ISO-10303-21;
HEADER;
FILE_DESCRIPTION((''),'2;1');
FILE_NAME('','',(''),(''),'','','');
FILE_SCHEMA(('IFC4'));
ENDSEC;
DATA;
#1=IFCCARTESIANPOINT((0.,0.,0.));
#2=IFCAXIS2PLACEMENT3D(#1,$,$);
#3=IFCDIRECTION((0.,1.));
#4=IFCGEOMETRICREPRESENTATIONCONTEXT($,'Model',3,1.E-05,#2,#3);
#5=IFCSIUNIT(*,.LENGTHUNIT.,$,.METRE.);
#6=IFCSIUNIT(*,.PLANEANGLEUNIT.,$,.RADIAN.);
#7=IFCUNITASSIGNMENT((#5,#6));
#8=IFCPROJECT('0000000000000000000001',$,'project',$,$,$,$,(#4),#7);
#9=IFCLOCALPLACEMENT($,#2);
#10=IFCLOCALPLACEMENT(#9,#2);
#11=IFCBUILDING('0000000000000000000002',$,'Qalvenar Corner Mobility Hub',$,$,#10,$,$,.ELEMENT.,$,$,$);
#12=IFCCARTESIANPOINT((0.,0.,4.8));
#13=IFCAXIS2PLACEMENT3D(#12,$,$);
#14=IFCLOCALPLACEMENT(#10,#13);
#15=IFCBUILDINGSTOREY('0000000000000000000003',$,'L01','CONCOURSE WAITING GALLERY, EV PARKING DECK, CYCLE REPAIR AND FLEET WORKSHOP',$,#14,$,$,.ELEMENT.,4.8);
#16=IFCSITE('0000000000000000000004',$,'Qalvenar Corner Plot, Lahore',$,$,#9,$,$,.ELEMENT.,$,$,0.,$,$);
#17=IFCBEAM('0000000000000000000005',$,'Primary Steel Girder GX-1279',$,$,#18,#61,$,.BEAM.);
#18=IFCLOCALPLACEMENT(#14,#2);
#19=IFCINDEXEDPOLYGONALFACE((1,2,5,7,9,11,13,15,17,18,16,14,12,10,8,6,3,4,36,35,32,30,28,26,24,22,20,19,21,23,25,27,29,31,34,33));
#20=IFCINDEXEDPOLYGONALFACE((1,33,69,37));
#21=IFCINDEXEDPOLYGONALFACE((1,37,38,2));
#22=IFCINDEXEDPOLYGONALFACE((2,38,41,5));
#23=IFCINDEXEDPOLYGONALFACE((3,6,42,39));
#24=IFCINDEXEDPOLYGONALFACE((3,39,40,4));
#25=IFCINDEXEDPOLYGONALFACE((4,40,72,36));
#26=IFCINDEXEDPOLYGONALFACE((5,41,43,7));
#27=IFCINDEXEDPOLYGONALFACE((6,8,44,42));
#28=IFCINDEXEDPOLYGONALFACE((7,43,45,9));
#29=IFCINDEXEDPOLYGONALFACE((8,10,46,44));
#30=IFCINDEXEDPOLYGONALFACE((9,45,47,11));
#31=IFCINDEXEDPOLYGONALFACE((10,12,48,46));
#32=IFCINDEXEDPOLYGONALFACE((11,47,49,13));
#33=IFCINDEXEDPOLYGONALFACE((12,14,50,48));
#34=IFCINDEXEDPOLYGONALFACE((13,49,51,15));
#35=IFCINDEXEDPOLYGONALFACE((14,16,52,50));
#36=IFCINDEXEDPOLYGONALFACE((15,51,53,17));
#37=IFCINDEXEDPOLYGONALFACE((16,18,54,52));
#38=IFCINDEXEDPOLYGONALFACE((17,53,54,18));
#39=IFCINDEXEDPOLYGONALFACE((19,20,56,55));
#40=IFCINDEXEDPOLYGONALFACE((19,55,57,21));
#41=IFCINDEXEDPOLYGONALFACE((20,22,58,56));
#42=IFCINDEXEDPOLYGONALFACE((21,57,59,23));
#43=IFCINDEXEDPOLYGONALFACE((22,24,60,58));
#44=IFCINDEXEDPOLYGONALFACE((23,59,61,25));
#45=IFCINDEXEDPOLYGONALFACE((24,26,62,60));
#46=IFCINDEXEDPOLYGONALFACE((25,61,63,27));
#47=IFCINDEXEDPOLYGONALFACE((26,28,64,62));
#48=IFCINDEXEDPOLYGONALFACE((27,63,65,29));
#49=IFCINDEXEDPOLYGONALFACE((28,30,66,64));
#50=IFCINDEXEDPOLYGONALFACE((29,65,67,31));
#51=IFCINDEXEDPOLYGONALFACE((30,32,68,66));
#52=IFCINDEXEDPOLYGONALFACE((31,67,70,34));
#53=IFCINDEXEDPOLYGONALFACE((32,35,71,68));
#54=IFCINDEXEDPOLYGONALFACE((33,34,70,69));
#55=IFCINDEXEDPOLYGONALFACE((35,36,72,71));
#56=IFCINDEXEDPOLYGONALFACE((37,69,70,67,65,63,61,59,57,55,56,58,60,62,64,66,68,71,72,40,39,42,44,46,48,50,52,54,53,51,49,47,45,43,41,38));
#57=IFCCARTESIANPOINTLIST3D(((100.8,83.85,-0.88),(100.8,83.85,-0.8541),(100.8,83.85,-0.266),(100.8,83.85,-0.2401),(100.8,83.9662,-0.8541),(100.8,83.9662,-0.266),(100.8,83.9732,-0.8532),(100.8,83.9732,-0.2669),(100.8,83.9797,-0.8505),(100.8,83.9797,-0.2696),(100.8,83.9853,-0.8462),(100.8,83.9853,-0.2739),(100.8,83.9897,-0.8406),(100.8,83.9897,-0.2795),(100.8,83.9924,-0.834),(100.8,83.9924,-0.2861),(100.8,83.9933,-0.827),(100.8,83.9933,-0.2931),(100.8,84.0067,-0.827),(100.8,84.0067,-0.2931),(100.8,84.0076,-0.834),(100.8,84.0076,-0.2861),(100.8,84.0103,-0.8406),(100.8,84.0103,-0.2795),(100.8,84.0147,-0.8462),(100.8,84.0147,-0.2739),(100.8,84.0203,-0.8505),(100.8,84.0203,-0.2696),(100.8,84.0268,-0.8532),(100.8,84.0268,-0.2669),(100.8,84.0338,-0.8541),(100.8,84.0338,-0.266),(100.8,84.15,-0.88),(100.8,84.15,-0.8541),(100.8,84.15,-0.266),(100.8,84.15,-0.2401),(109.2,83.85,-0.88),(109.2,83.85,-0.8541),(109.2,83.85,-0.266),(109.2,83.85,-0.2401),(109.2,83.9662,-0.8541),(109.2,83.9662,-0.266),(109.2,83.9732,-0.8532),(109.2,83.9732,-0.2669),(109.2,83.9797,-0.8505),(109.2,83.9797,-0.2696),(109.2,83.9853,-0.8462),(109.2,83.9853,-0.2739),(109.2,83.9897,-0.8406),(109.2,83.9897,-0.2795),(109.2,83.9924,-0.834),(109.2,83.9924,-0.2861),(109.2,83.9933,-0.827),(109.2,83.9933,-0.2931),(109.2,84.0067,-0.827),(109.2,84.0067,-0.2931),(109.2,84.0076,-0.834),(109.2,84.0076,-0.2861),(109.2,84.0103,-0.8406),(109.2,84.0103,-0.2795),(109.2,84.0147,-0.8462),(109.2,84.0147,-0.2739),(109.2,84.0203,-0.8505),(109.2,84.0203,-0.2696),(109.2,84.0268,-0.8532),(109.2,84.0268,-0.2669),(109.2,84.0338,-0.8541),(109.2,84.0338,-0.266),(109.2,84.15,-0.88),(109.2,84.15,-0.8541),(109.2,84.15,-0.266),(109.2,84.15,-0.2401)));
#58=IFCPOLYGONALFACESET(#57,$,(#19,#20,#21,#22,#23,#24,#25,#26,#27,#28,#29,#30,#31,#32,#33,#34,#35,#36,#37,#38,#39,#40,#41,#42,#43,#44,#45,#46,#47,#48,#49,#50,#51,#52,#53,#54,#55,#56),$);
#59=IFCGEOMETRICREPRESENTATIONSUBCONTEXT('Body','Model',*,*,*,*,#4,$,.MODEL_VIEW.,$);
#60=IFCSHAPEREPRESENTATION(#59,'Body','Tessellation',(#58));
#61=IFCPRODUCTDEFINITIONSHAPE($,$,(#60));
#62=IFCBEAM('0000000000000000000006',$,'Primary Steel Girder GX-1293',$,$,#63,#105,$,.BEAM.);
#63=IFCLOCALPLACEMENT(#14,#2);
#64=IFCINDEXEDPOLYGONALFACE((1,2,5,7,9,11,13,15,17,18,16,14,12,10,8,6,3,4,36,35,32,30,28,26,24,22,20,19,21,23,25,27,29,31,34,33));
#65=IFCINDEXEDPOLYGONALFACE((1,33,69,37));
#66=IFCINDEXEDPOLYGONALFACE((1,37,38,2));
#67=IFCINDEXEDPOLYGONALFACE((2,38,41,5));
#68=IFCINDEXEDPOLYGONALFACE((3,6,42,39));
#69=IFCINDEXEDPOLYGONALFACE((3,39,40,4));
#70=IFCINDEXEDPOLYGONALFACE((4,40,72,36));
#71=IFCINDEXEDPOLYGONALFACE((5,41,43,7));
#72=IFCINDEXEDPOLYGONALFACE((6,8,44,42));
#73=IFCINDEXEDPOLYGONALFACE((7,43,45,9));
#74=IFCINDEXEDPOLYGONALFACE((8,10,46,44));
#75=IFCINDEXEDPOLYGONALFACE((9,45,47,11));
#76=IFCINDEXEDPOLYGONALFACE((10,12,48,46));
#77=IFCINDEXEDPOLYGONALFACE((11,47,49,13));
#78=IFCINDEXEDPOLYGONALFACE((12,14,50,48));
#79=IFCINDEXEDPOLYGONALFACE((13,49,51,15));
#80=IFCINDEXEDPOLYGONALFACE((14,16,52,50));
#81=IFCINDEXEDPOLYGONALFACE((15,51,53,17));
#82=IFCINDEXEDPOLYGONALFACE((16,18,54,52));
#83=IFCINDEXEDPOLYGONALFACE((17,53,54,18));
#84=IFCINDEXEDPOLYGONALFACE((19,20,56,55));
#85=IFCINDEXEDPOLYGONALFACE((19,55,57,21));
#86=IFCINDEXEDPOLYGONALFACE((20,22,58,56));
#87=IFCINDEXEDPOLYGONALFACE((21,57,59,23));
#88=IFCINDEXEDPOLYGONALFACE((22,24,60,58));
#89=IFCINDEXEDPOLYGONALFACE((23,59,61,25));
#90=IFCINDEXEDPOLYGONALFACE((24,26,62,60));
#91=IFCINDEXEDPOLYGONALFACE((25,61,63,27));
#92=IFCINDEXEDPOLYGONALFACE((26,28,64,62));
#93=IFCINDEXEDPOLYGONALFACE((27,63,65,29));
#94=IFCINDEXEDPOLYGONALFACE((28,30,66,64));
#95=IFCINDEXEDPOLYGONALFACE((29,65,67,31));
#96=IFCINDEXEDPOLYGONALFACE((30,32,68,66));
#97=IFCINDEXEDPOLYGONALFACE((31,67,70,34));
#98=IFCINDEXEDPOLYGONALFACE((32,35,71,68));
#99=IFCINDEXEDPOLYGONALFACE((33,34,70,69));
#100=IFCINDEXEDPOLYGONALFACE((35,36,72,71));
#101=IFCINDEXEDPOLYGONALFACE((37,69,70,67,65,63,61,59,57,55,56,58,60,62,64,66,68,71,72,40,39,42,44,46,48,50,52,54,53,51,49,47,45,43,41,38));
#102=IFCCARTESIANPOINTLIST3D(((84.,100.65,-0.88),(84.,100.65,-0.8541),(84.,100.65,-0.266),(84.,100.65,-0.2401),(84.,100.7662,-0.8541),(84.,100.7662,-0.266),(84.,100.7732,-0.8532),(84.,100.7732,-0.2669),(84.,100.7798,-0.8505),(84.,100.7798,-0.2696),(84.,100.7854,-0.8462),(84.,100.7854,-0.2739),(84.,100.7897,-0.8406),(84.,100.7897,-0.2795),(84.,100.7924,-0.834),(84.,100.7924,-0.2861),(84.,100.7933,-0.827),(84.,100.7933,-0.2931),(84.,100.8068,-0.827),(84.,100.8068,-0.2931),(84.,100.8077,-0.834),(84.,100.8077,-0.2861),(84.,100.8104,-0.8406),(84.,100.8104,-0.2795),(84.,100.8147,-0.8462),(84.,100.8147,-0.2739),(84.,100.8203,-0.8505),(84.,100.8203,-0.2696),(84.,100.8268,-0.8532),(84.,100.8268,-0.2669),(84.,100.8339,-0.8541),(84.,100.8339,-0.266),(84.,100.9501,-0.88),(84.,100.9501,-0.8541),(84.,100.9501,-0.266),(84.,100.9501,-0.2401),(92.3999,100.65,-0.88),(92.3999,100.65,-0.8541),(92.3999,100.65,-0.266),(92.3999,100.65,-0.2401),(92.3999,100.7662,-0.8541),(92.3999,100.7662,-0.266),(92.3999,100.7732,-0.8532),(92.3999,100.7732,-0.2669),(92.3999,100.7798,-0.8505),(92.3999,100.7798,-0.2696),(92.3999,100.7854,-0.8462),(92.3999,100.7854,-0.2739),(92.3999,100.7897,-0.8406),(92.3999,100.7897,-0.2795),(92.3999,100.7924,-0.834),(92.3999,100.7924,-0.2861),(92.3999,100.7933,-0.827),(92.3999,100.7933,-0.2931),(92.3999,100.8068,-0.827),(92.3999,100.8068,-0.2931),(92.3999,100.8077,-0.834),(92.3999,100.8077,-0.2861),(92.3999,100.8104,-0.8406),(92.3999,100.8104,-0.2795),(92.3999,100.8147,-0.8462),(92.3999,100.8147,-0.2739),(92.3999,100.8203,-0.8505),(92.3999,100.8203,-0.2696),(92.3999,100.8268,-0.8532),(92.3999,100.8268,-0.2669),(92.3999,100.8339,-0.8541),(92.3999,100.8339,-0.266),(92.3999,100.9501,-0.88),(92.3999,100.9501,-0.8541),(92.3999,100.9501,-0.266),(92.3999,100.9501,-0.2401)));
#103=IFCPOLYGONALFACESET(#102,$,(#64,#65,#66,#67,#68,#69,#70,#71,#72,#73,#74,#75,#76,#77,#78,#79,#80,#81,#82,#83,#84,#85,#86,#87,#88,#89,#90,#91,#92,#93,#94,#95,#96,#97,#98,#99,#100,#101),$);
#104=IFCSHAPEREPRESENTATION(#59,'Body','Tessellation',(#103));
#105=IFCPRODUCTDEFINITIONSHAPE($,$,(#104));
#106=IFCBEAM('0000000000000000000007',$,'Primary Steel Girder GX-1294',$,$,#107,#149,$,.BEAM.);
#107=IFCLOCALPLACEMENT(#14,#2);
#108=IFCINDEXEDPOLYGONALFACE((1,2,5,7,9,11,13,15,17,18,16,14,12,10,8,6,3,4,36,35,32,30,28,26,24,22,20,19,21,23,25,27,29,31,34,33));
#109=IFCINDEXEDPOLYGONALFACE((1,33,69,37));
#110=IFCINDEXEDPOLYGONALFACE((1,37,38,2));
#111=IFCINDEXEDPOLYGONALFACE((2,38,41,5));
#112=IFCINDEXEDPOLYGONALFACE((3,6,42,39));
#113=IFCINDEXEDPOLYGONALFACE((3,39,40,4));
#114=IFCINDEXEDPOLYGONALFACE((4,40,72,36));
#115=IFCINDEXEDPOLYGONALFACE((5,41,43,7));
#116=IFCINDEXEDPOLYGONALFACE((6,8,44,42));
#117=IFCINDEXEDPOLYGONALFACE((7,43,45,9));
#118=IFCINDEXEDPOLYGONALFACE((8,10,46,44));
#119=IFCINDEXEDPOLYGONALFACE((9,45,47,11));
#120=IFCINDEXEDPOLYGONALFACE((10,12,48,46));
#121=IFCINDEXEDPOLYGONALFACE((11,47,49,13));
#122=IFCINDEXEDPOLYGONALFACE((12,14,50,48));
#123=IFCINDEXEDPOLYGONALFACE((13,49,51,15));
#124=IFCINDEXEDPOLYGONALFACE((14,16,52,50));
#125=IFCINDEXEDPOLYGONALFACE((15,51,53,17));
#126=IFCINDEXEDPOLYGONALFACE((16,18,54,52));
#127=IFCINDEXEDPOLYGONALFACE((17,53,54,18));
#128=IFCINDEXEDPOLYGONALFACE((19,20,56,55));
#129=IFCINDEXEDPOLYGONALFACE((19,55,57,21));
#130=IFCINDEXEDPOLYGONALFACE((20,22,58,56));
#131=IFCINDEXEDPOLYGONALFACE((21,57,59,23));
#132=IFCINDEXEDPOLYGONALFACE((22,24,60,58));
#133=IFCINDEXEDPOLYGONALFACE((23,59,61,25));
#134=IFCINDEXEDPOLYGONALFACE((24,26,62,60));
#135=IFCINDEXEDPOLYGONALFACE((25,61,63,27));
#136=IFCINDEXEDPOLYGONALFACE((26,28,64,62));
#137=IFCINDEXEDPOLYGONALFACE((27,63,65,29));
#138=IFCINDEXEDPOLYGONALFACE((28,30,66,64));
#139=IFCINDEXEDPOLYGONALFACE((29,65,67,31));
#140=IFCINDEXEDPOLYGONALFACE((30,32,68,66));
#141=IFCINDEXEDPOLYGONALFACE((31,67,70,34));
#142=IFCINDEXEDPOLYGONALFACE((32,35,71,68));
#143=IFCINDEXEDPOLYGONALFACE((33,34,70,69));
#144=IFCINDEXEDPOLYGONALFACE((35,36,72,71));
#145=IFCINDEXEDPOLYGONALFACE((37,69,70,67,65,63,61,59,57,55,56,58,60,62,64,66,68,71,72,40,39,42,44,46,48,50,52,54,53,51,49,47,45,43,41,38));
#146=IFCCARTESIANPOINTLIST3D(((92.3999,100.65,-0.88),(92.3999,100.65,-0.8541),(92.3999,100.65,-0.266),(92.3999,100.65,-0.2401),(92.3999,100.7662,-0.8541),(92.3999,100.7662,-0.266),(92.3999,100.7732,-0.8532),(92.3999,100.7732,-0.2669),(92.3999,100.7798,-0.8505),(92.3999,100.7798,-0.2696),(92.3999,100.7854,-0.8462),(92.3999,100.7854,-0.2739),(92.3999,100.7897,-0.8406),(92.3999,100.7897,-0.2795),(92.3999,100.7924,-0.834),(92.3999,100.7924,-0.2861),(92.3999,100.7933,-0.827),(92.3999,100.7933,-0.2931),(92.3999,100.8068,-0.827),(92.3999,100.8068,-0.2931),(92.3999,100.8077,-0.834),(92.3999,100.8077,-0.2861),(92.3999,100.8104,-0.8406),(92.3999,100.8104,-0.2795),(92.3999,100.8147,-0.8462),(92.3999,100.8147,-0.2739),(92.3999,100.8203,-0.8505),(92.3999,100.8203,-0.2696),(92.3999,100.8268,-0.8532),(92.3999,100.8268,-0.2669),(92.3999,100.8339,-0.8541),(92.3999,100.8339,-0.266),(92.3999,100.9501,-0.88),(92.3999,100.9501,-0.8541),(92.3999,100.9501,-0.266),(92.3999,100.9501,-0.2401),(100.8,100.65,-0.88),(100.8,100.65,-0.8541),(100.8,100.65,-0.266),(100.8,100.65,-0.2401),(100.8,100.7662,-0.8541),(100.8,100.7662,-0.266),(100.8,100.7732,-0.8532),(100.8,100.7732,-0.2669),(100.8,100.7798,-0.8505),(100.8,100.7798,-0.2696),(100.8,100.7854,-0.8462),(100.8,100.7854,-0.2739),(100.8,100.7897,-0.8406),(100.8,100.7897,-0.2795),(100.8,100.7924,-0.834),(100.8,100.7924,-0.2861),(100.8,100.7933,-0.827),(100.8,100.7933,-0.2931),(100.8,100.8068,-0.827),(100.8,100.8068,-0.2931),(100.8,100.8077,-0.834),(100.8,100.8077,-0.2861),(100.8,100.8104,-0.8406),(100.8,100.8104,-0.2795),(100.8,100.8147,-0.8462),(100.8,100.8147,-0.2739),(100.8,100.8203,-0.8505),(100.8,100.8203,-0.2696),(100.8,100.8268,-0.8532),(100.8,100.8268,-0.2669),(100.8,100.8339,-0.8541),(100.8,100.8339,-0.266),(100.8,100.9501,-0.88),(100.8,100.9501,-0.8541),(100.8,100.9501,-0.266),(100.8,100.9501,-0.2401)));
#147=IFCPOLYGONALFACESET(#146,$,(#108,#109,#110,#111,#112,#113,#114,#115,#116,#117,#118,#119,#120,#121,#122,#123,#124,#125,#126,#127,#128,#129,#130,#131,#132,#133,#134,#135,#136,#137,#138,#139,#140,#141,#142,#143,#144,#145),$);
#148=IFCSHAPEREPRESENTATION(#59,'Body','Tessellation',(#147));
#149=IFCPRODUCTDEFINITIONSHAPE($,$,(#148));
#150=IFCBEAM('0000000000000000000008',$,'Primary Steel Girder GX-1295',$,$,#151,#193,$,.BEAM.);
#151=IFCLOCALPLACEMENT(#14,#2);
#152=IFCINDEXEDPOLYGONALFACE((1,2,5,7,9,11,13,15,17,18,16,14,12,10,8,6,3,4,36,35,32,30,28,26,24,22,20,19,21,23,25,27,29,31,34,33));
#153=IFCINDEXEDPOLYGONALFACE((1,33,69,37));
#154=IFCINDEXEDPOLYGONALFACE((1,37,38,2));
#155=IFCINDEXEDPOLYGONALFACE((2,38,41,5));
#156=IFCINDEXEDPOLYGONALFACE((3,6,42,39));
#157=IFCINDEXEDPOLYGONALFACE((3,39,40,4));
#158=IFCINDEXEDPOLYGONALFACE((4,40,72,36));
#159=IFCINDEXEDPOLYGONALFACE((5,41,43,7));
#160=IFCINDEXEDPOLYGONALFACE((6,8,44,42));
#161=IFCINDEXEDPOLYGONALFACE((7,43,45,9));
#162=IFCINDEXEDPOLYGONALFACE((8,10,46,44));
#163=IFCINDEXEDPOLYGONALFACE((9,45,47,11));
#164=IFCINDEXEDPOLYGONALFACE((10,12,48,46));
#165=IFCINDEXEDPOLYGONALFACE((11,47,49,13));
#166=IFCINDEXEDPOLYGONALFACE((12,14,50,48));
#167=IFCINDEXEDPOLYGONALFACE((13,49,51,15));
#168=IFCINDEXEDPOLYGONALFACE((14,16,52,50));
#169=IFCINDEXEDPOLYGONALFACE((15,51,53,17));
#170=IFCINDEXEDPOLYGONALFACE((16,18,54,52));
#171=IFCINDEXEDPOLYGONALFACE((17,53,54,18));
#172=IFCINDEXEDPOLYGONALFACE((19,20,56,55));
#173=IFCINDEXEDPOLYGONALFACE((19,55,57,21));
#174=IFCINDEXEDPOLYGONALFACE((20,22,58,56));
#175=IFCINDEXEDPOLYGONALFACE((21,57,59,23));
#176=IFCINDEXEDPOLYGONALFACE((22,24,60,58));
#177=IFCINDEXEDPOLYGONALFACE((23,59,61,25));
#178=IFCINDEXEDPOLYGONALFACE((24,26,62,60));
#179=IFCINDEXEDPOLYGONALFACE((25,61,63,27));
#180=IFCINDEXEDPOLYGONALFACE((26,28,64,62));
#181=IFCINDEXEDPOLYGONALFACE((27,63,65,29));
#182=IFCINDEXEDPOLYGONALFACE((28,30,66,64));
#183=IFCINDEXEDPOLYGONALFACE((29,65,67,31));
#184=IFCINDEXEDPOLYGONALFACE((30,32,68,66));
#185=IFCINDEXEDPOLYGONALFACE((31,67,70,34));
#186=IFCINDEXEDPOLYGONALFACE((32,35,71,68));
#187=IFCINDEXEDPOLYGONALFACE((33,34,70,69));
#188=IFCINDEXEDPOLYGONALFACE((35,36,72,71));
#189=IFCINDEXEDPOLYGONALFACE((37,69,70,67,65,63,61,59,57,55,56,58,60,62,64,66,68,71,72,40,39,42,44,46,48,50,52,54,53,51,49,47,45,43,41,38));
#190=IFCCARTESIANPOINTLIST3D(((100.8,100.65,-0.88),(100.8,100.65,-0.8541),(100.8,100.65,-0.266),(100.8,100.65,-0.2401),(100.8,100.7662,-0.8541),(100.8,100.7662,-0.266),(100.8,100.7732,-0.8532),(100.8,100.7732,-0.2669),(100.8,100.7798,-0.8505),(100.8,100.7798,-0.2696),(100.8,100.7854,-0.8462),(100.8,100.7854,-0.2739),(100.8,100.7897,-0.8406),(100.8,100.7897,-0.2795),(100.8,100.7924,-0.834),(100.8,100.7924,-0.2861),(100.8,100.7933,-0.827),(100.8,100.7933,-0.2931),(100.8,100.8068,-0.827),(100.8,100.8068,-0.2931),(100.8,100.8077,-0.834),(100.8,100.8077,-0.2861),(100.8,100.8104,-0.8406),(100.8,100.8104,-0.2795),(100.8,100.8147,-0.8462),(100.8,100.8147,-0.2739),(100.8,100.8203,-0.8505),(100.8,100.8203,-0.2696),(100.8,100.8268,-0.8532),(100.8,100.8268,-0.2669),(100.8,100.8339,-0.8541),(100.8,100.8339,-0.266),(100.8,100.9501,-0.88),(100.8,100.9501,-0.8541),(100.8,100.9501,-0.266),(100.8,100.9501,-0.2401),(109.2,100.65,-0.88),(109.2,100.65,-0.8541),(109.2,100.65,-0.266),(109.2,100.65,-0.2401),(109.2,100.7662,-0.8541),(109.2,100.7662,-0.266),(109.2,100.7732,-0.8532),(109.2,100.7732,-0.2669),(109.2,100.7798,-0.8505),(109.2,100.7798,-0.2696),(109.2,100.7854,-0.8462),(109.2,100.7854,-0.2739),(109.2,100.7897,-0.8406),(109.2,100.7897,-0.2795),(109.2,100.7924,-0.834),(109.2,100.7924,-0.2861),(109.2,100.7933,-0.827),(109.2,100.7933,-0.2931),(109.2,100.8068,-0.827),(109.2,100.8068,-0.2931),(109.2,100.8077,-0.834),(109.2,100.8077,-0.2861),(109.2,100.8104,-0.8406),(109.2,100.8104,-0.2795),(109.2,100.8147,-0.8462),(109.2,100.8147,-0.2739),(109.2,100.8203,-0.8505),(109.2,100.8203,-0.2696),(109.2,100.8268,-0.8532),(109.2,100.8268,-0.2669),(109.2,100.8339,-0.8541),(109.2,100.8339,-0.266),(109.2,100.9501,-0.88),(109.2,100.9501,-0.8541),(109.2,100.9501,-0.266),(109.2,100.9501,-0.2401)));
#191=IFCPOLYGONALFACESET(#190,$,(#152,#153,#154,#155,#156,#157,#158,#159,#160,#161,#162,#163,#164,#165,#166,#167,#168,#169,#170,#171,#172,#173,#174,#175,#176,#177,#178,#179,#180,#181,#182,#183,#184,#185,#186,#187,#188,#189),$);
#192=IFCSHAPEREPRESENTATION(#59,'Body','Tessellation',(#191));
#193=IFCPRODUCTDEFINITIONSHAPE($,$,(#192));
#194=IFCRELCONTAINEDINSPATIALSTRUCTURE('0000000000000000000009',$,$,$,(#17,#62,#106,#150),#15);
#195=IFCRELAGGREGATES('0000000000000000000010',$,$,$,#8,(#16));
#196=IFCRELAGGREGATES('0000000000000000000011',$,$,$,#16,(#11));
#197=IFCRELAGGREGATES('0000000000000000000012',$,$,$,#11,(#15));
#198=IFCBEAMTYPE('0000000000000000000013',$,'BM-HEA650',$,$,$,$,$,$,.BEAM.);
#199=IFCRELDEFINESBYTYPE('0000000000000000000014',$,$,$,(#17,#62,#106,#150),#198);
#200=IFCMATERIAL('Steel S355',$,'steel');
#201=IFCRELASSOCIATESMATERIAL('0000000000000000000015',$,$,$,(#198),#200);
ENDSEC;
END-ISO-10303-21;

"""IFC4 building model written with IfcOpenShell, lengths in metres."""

from ifc_helpers import new_model, si_unit, direction, frame, origin, origin_2d, place, context, subcontext, project, spatial, i_section, extrude, material, material_profile, profile_set, type_object, element, save


model = new_model("IFC4")

# Units and contexts
model_context = context("Model", 3, precision=1e-05, world=origin(), true_north=direction((0.0, 1.0)))
body_context = subcontext(model_context, "Body", "Model", "MODEL_VIEW")
ifc_project = project(units=[si_unit("LENGTHUNIT", "METRE"), si_unit("PLANEANGLEUNIT", "RADIAN")], contexts=[model_context])

# Site, building, storey
site_placement = place(None, origin())
site = spatial("IfcSite", under=ifc_project, at=site_placement, Name="Qalvenar Corner Plot, Lahore", CompositionType="ELEMENT", RefElevation=0.0)
building_placement = place(site_placement, origin())
building = spatial("IfcBuilding", under=site, at=building_placement, Name="Qalvenar Corner Mobility Hub", CompositionType="ELEMENT")
storey_placement = place(building_placement, frame((0.0, 0.0, 4.8)))
storey = spatial("IfcBuildingStorey", under=building, at=storey_placement, Name="L01", Description="CONCOURSE WAITING GALLERY, EV PARKING DECK, CYCLE REPAIR AND FLEET WORKSHOP", CompositionType="ELEMENT", Elevation=4.8)

# Shared definitions
ifc_material_1 = material(Name="Steel S355", Category="steel")

# Beams
ifc_material_profile_1 = material_profile(ifc_material_1, i_section(OverallWidth=0.3, OverallDepth=0.6399, WebThickness=0.0134, FlangeThickness=0.0259, FilletRadius=0.0271, at=origin_2d()), Name="HEA650")
ifc_profile_set_1 = profile_set([ifc_material_profile_1], Name="Steel S355")
beam_type_1 = type_object("IfcBeamType", Name="BM-HEA650", PredefinedType="BEAM", material=ifc_profile_set_1)
for number, where, z_axis, x_axis, name in (
    (1, (100.8, 84.0, -0.5601), (1.0, 0.0, 0.0), (0.0, 1.0, 0.0), "Primary Steel Girder GX-1279"),
    (2, (84.0, 100.8, -0.5601), (1.0, 0.0, 0.0), (0.0, 1.0, 0.0), "Primary Steel Girder GX-1293"),
):
    element("IfcBeam", number, at=place(storey_placement, frame(where, z_axis=z_axis, x_axis=x_axis)), inside=storey, type_object=beam_type_1, Name=name, PredefinedType="BEAM", context=body_context, shape_type="SweptSolid", body=[
        extrude(i_section(OverallWidth=0.3, OverallDepth=0.6399, WebThickness=0.0134, FlangeThickness=0.0259, FilletRadius=0.0271, at=origin_2d()), origin(), (0.0, 0.0, 1.0), 8.3999),
    ])
beam_1_placement = place(storey_placement, frame((92.3999, 100.8, -0.5601), z_axis=(1.0, 0.0, 0.0), x_axis=(0.0, 1.0, 0.0)))
element("IfcBeam", 3, at=beam_1_placement, inside=storey, type_object=beam_type_1, Name="Primary Steel Girder GX-1294", PredefinedType="BEAM", context=body_context, shape_type="SweptSolid", body=[
    extrude(i_section(OverallWidth=0.3, OverallDepth=0.6399, WebThickness=0.0134, FlangeThickness=0.0259, FilletRadius=0.0271, at=origin_2d()), origin(), (0.0, 0.0, 1.0), 8.4001),
])
beam_2_placement = place(storey_placement, frame((100.8, 100.8, -0.5601), z_axis=(1.0, 0.0, 0.0), x_axis=(0.0, 1.0, 0.0)))
element("IfcBeam", 4, at=beam_2_placement, inside=storey, type_object=beam_type_1, Name="Primary Steel Girder GX-1295", PredefinedType="BEAM", context=body_context, shape_type="SweptSolid", body=[
    extrude(i_section(OverallWidth=0.3, OverallDepth=0.6399, WebThickness=0.0134, FlangeThickness=0.0259, FilletRadius=0.0271, at=origin_2d()), origin(), (0.0, 0.0, 1.0), 8.3999),
])

save(model, "model.ifc")
